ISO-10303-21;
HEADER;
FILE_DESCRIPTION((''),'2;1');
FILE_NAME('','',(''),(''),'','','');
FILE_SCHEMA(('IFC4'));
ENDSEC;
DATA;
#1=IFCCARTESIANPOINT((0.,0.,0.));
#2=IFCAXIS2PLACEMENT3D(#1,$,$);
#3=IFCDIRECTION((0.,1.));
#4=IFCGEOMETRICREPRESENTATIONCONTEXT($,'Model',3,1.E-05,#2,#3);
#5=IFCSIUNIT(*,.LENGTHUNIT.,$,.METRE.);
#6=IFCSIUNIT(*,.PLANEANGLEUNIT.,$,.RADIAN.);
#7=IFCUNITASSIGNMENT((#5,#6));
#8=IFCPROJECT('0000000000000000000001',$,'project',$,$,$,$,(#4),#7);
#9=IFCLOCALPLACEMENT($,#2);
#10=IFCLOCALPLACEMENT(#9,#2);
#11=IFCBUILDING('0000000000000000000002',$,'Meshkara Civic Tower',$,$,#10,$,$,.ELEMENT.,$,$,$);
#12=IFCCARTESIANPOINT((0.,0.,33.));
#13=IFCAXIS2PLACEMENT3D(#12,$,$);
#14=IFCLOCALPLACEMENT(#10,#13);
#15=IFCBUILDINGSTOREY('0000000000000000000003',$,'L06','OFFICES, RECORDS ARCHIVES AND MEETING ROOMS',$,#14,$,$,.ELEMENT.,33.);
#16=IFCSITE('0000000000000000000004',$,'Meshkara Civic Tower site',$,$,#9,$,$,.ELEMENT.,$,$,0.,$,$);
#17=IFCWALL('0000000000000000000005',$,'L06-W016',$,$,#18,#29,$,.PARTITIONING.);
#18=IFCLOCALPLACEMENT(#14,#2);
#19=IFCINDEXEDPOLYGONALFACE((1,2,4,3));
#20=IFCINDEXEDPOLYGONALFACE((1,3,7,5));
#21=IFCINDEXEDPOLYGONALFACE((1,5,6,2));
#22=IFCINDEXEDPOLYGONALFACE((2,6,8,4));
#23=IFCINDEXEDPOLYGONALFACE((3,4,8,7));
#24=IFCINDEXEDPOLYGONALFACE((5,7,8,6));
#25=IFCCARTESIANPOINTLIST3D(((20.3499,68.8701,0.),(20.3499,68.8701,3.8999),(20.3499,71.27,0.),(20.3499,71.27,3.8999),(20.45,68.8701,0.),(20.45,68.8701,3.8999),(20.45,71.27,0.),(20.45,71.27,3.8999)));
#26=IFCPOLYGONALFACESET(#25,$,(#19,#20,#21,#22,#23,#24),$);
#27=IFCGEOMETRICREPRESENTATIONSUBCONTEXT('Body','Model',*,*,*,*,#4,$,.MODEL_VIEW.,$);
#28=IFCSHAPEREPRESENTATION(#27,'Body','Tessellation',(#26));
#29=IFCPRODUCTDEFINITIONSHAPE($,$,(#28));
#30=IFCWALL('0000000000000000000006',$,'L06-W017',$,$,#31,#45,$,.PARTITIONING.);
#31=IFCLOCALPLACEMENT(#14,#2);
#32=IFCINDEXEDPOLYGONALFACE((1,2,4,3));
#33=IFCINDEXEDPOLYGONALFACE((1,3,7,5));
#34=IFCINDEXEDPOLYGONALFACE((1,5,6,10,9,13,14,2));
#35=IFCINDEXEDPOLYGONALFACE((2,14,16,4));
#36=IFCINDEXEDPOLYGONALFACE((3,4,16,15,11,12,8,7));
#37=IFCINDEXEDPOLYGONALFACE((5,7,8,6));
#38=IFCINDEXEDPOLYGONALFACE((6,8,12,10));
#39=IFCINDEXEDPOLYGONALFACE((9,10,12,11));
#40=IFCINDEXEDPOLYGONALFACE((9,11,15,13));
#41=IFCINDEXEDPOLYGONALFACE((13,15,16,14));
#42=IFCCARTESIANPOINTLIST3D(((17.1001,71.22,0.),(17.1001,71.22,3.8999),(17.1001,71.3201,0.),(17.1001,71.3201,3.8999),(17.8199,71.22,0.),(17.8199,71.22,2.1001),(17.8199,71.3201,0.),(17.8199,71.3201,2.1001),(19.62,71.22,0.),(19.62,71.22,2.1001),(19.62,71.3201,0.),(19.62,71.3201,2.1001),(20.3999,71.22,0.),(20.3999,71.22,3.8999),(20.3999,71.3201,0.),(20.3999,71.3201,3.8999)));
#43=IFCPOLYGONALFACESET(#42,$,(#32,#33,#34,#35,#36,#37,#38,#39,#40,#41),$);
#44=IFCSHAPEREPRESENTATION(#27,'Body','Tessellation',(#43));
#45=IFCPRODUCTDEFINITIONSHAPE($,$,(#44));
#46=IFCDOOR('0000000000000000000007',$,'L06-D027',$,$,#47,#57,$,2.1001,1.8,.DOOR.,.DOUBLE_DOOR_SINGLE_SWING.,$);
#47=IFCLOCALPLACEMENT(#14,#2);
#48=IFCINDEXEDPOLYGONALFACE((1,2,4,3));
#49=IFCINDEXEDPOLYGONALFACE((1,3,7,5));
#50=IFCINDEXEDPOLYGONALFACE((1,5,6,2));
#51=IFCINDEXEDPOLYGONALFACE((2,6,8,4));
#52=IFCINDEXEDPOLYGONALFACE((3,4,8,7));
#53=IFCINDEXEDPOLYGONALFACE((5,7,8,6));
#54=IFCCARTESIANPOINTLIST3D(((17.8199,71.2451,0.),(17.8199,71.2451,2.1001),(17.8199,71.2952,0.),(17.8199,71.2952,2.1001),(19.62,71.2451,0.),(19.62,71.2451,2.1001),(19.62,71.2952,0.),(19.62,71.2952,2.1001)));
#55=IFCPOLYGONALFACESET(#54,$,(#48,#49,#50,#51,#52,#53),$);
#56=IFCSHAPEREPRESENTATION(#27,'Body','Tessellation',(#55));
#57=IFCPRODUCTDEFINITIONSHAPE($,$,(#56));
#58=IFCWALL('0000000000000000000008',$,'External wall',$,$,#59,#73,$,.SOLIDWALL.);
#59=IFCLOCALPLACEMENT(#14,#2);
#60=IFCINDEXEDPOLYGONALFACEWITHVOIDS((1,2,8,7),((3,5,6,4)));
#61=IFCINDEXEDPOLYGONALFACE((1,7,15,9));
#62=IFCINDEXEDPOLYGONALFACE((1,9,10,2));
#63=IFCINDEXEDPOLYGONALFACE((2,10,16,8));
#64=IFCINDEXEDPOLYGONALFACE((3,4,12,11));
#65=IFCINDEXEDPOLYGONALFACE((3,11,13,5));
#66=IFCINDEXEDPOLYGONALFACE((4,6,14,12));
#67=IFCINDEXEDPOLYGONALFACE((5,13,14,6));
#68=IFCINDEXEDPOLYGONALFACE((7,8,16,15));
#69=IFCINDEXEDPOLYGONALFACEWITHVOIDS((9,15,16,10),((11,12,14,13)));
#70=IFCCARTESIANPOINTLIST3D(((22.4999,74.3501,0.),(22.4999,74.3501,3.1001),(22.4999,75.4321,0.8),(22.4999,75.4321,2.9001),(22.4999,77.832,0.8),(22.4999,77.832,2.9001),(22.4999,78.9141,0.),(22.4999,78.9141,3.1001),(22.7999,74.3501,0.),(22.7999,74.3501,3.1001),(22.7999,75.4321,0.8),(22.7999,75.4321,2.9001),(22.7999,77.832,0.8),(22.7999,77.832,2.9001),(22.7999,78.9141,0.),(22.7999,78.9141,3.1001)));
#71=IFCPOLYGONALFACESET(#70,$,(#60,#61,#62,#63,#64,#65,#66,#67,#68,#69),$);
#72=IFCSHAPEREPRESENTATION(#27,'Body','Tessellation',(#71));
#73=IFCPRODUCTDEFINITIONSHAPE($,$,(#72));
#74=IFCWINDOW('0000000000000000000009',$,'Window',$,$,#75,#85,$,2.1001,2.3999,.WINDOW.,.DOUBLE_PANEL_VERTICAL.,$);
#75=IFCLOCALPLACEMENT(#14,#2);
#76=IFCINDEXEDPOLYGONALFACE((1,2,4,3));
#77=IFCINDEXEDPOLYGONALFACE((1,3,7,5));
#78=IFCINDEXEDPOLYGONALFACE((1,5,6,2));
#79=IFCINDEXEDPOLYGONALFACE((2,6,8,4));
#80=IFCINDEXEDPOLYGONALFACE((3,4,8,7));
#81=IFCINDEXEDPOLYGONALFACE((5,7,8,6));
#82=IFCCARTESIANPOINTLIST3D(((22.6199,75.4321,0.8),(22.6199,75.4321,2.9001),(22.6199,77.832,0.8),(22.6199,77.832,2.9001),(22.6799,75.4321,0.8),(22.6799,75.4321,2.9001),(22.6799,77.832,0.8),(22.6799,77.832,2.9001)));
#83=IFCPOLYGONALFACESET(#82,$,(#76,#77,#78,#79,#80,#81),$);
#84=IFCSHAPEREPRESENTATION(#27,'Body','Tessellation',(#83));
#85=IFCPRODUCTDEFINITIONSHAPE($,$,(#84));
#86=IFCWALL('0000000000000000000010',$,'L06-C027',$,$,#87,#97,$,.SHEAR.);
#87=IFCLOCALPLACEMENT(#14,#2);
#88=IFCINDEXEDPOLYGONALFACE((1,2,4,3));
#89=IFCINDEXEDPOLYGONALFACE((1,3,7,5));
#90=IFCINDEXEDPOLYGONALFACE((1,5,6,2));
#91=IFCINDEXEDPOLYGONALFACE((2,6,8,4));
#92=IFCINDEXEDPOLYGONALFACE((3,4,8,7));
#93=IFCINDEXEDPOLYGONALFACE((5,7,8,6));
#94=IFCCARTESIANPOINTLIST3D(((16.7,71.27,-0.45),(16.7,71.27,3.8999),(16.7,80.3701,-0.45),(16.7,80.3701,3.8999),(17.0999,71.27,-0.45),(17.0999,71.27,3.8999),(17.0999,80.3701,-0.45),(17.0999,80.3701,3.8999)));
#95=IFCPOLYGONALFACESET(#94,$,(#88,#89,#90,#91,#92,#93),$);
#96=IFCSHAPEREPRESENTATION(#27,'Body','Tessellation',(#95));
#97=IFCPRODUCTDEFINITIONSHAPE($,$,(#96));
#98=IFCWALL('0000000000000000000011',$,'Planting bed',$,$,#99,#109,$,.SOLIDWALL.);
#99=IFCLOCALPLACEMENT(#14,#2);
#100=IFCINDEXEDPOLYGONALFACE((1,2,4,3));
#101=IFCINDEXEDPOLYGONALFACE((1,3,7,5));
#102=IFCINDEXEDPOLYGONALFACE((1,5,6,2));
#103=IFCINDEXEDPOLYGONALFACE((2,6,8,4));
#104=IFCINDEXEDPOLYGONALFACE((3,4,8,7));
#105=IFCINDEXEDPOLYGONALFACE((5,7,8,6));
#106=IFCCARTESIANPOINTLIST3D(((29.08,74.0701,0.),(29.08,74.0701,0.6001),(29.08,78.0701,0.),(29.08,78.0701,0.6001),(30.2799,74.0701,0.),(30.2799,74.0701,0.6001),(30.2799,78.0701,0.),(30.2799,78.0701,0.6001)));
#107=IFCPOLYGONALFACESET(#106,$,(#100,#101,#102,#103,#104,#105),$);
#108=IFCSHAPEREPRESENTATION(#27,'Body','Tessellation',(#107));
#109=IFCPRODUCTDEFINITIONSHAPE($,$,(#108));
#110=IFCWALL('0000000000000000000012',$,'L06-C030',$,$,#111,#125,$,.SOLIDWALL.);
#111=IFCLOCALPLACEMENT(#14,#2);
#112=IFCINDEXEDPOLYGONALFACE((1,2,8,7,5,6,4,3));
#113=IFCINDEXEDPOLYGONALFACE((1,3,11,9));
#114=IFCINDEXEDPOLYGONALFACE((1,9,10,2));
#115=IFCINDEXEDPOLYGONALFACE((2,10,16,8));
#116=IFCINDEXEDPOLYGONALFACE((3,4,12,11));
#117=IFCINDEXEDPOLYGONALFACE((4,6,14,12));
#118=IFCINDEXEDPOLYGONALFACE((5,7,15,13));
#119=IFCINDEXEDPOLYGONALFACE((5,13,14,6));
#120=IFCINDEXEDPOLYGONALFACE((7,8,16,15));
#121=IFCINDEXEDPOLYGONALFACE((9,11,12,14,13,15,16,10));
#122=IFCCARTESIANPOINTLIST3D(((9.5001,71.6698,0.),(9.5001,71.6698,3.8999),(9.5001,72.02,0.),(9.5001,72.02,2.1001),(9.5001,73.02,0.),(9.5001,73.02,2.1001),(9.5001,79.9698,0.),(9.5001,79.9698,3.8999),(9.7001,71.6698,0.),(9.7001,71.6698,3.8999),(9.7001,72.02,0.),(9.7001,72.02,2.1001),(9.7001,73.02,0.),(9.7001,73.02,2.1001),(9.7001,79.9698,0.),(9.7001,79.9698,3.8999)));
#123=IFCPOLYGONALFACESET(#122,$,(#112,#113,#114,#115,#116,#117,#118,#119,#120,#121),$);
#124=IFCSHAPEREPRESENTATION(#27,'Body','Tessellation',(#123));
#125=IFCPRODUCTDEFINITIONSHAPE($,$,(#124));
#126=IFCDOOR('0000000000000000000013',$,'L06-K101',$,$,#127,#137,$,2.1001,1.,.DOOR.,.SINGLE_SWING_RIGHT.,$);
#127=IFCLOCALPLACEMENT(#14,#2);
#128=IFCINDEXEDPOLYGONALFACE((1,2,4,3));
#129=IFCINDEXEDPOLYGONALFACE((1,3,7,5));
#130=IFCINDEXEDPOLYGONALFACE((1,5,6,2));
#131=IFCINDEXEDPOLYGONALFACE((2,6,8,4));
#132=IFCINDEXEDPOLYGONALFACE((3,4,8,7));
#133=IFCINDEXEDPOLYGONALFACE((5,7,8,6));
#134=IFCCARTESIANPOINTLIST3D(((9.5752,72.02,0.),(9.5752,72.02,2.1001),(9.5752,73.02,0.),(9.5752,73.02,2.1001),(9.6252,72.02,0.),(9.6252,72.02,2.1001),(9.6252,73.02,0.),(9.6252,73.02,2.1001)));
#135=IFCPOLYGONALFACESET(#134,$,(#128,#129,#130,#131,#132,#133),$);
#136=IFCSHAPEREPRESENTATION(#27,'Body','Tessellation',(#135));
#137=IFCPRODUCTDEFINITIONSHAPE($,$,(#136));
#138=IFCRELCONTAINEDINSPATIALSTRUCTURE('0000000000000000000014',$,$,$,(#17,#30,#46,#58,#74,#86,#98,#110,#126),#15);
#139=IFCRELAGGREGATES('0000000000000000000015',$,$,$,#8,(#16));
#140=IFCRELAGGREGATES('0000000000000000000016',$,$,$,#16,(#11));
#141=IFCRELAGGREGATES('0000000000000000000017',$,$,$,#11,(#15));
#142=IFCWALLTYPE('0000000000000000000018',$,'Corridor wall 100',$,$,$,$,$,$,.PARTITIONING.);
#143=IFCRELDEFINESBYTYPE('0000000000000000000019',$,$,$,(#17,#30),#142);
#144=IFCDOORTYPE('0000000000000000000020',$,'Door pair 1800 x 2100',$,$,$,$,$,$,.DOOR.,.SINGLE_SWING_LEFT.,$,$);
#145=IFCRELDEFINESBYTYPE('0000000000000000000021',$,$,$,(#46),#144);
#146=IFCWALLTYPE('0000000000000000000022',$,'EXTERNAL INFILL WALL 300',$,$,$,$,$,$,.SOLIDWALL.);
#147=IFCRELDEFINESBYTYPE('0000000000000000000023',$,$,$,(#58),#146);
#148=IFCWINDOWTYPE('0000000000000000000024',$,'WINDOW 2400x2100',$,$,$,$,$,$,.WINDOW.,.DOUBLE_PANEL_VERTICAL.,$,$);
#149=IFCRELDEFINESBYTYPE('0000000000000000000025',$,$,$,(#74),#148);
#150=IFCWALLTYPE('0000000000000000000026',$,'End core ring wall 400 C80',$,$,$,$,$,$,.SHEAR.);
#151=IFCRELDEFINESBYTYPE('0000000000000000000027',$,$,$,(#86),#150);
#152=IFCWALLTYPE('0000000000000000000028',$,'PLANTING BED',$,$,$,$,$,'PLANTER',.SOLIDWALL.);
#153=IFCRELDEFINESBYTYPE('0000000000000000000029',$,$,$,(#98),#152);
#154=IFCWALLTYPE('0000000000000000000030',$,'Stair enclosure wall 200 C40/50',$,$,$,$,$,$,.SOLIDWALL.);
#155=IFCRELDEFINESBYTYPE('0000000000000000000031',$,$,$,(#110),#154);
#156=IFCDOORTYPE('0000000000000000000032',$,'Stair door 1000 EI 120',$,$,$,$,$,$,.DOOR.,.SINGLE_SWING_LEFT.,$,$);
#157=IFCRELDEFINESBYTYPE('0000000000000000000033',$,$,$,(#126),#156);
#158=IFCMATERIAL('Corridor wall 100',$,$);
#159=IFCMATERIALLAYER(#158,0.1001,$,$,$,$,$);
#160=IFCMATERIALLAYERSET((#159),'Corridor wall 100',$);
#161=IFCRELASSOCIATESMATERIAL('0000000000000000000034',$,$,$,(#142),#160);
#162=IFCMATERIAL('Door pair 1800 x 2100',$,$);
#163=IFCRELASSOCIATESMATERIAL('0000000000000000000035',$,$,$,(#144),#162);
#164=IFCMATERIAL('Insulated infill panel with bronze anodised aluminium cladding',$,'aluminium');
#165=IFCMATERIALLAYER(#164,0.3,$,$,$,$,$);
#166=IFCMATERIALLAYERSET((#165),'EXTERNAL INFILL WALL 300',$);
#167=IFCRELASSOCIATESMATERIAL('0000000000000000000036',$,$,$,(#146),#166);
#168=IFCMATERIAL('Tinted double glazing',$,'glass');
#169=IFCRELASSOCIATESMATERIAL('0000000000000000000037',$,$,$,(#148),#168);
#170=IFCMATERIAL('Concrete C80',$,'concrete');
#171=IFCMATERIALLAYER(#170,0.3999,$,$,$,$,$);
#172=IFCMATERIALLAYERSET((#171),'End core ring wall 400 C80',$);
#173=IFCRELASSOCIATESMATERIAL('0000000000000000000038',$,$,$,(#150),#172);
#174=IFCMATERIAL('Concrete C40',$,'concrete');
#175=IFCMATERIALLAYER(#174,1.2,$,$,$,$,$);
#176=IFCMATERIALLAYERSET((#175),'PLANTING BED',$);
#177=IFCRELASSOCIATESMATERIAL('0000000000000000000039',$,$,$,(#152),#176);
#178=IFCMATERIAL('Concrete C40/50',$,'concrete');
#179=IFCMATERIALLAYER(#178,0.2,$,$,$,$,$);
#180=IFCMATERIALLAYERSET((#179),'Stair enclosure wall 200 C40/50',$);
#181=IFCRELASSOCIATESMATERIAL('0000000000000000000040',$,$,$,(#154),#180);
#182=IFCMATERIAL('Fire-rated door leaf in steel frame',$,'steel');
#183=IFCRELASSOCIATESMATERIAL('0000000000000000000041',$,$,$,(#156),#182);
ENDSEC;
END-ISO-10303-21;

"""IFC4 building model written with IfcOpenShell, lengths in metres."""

from ifc_helpers import new_model, si_unit, direction, frame, frame_2d, origin, place, context, subcontext, project, spatial, rectangle, extrude, material, layer, layer_set, type_object, element, fill, save


model = new_model("IFC4")

# Units and contexts
model_context = context("Model", 3, precision=1e-05, world=origin(), true_north=direction((0.0, 1.0)))
body_context = subcontext(model_context, "Body", "Model", "MODEL_VIEW")
ifc_project = project(units=[si_unit("LENGTHUNIT", "METRE"), si_unit("PLANEANGLEUNIT", "RADIAN")], contexts=[model_context])

# Site, building, storey
site_placement = place(None, origin())
site = spatial("IfcSite", under=ifc_project, at=site_placement, Name="Meshkara Civic Tower site", CompositionType="ELEMENT", RefElevation=0.0)
building_placement = place(site_placement, origin())
building = spatial("IfcBuilding", under=site, at=building_placement, Name="Meshkara Civic Tower", CompositionType="ELEMENT")
storey_placement = place(building_placement, frame((0.0, 0.0, 33.0)))
storey = spatial("IfcBuildingStorey", under=building, at=storey_placement, Name="L06", Description="OFFICES, RECORDS ARCHIVES AND MEETING ROOMS", CompositionType="ELEMENT", Elevation=33.0)

# Shared definitions
ifc_material_1 = material(Name="Corridor wall 100")
ifc_layer_1 = layer(ifc_material_1, 0.1001)
ifc_layer_set_1 = layer_set([ifc_layer_1], Name="Corridor wall 100")
wall_type_1 = type_object("IfcWallType", Name="Corridor wall 100", PredefinedType="PARTITIONING", material=ifc_layer_set_1)
ifc_material_2 = material(Name="Door pair 1800 x 2100")
door_type_1 = type_object("IfcDoorType", Name="Door pair 1800 x 2100", OperationType="SINGLE_SWING_LEFT", PredefinedType="DOOR", material=ifc_material_2)

# Wall
wall_1_placement = place(storey_placement, frame((20.3999, 68.8701, 0.0), z_axis=(0.0, 0.0, 1.0), x_axis=(0.0, 1.0, 0.0)))
element("IfcWall", 1, at=wall_1_placement, inside=storey, type_object=wall_type_1, Name="L06-W016", PredefinedType="PARTITIONING", context=body_context, shape_type="SweptSolid", body=[
    extrude(rectangle(XDim=2.3999, YDim=0.1001, at=frame_2d((1.2, 0.0))), origin(), (0.0, 0.0, 1.0), 3.8999),
])

# Wall, opening, door
wall_2_placement = place(storey_placement, frame((20.3999, 71.27, 0.0), z_axis=(0.0, 0.0, 1.0), x_axis=(-1.0, 0.0, 0.0)))
wall_2 = element("IfcWall", 2, at=wall_2_placement, inside=storey, type_object=wall_type_1, Name="L06-W017", PredefinedType="PARTITIONING", context=body_context, shape_type="SweptSolid", body=[
    extrude(rectangle(XDim=3.2998, YDim=0.1001, at=frame_2d((1.6499, 0.0))), origin(), (0.0, 0.0, 1.0), 3.8999),
])
opening_1_placement = place(wall_2_placement, frame((0.78, 0.0, 0.0)))
opening_1 = element("IfcOpeningElement", 3, at=opening_1_placement, cuts=wall_2, PredefinedType="OPENING", context=body_context, shape_type="SweptSolid", body=[
    extrude(rectangle(XDim=1.8, YDim=2.1001, at=frame_2d((0.8999, 1.05))), frame((0.0, 0.0601, 0.0), z_axis=(0.0, -1.0, 0.0), x_axis=(1.0, 0.0, 0.0)), (0.0, 0.0, 1.0), 0.1201),
])
door_1_placement = place(opening_1_placement, origin())
door_1 = element("IfcDoor", 4, at=door_1_placement, inside=storey, type_object=door_type_1, Name="L06-D027", OperationType="DOUBLE_DOOR_SINGLE_SWING", OverallHeight=2.1001, OverallWidth=1.8, PredefinedType="DOOR", context=body_context, shape_type="SweptSolid", body=[
    extrude(rectangle(XDim=1.8, YDim=2.1001, at=frame_2d((0.8999, 1.05))), frame((0.0, 0.0249, 0.0), z_axis=(0.0, -1.0, 0.0), x_axis=(1.0, 0.0, 0.0)), (0.0, 0.0, 1.0), 0.05),
])
fill(opening_1, door_1)

# Wall, opening, window
ifc_material_3 = material(Name="Insulated infill panel with bronze anodised aluminium cladding", Category="aluminium")
ifc_layer_2 = layer(ifc_material_3, 0.3)
ifc_layer_set_2 = layer_set([ifc_layer_2], Name="EXTERNAL INFILL WALL 300")
wall_type_2 = type_object("IfcWallType", Name="EXTERNAL INFILL WALL 300", PredefinedType="SOLIDWALL", material=ifc_layer_set_2)
wall_3_placement = place(storey_placement, frame((22.6499, 74.3501, 0.0), z_axis=(0.0, 0.0, 1.0), x_axis=(0.0, 1.0, 0.0)))
wall_3 = element("IfcWall", 5, at=wall_3_placement, inside=storey, type_object=wall_type_2, Name="External wall", PredefinedType="SOLIDWALL", context=body_context, shape_type="SweptSolid", body=[
    extrude(rectangle(XDim=4.564, YDim=0.3, at=frame_2d((2.282, 0.0))), origin(), (0.0, 0.0, 1.0), 3.1001),
])
opening_2_placement = place(wall_3_placement, frame((1.082, 0.0, 0.8)))
opening_2 = element("IfcOpeningElement", 6, at=opening_2_placement, cuts=wall_3, PredefinedType="OPENING", context=body_context, shape_type="SweptSolid", body=[
    extrude(rectangle(XDim=2.3999, YDim=2.1001, at=frame_2d((1.2, 1.05))), frame((0.0, 0.1599, 0.0), z_axis=(0.0, -1.0, 0.0), x_axis=(1.0, 0.0, 0.0)), (0.0, 0.0, 1.0), 0.3201),
])
ifc_material_4 = material(Name="Tinted double glazing", Category="glass")
window_type = type_object("IfcWindowType", Name="WINDOW 2400x2100", PartitioningType="DOUBLE_PANEL_VERTICAL", PredefinedType="WINDOW", material=ifc_material_4)
window_placement = place(opening_2_placement, origin())
window = element("IfcWindow", 7, at=window_placement, inside=storey, type_object=window_type, Name="Window", OverallHeight=2.1001, OverallWidth=2.3999, PartitioningType="DOUBLE_PANEL_VERTICAL", PredefinedType="WINDOW", context=body_context, shape_type="SweptSolid", body=[
    extrude(rectangle(XDim=2.3999, YDim=2.1001, at=frame_2d((1.2, 1.05))), frame((0.0, 0.03, 0.0), z_axis=(0.0, -1.0, 0.0), x_axis=(1.0, 0.0, 0.0)), (0.0, 0.0, 1.0), 0.0601),
])
fill(opening_2, window)

# Walls
ifc_material_5 = material(Name="Concrete C80", Category="concrete")
ifc_layer_3 = layer(ifc_material_5, 0.3999)
ifc_layer_set_3 = layer_set([ifc_layer_3], Name="End core ring wall 400 C80")
wall_type_3 = type_object("IfcWallType", Name="End core ring wall 400 C80", PredefinedType="SHEAR", material=ifc_layer_set_3)
wall_4_placement = place(storey_placement, frame((16.8999, 71.27, -0.45), z_axis=(0.0, 0.0, 1.0), x_axis=(0.0, 1.0, 0.0)))
element("IfcWall", 8, at=wall_4_placement, inside=storey, type_object=wall_type_3, Name="L06-C027", PredefinedType="SHEAR", context=body_context, shape_type="SweptSolid", body=[
    extrude(rectangle(XDim=9.1001, YDim=0.3999, at=frame_2d((4.55, 0.0))), origin(), (0.0, 0.0, 1.0), 4.3499),
])
ifc_material_6 = material(Name="Concrete C40", Category="concrete")
ifc_layer_4 = layer(ifc_material_6, 1.2)
ifc_layer_set_4 = layer_set([ifc_layer_4], Name="PLANTING BED")
wall_type_4 = type_object("IfcWallType", Name="PLANTING BED", ElementType="PLANTER", PredefinedType="SOLIDWALL", material=ifc_layer_set_4)
wall_5_placement = place(storey_placement, frame((29.6799, 78.0701, 0.0), z_axis=(0.0, 0.0, 1.0), x_axis=(0.0, -1.0, 0.0)))
element("IfcWall", 9, at=wall_5_placement, inside=storey, type_object=wall_type_4, Name="Planting bed", PredefinedType="SOLIDWALL", context=body_context, shape_type="SweptSolid", body=[
    extrude(rectangle(XDim=4.0, YDim=1.2, at=frame_2d((2.0, 0.0))), origin(), (0.0, 0.0, 1.0), 0.6001),
])

# Wall, opening, door
ifc_material_7 = material(Name="Concrete C40/50", Category="concrete")
ifc_layer_5 = layer(ifc_material_7, 0.2)
ifc_layer_set_5 = layer_set([ifc_layer_5], Name="Stair enclosure wall 200 C40/50")
wall_type_5 = type_object("IfcWallType", Name="Stair enclosure wall 200 C40/50", PredefinedType="SOLIDWALL", material=ifc_layer_set_5)
wall_6_placement = place(storey_placement, frame((9.6001, 71.6699, 0.0), z_axis=(0.0, 0.0, 1.0), x_axis=(0.0, 1.0, 0.0)))
wall_6 = element("IfcWall", 10, at=wall_6_placement, inside=storey, type_object=wall_type_5, Name="L06-C030", PredefinedType="SOLIDWALL", context=body_context, shape_type="SweptSolid", body=[
    extrude(rectangle(XDim=8.3, YDim=0.2, at=frame_2d((4.1499, 0.0))), origin(), (0.0, 0.0, 1.0), 3.8999),
])
opening_3_placement = place(wall_6_placement, frame((0.3501, 0.0, 0.0)))
opening_3 = element("IfcOpeningElement", 11, at=opening_3_placement, cuts=wall_6, PredefinedType="OPENING", context=body_context, shape_type="SweptSolid", body=[
    extrude(rectangle(XDim=1.0, YDim=2.1001, at=frame_2d((0.5, 1.05))), frame((0.0, 0.1099, 0.0), z_axis=(0.0, -1.0, 0.0), x_axis=(1.0, 0.0, 0.0)), (0.0, 0.0, 1.0), 0.22),
])
ifc_material_8 = material(Name="Fire-rated door leaf in steel frame", Category="steel")
door_type_2 = type_object("IfcDoorType", Name="Stair door 1000 EI 120", OperationType="SINGLE_SWING_LEFT", PredefinedType="DOOR", material=ifc_material_8)
door_2_placement = place(opening_3_placement, origin())
door_2 = element("IfcDoor", 12, at=door_2_placement, inside=storey, type_object=door_type_2, Name="L06-K101", OperationType="SINGLE_SWING_RIGHT", OverallHeight=2.1001, OverallWidth=1.0, PredefinedType="DOOR", context=body_context, shape_type="SweptSolid", body=[
    extrude(rectangle(XDim=1.0, YDim=2.1001, at=frame_2d((0.5, 1.05))), frame((0.0, 0.0249, 0.0), z_axis=(0.0, -1.0, 0.0), x_axis=(1.0, 0.0, 0.0)), (0.0, 0.0, 1.0), 0.05),
])
fill(opening_3, door_2)

save(model, "model.ifc")
